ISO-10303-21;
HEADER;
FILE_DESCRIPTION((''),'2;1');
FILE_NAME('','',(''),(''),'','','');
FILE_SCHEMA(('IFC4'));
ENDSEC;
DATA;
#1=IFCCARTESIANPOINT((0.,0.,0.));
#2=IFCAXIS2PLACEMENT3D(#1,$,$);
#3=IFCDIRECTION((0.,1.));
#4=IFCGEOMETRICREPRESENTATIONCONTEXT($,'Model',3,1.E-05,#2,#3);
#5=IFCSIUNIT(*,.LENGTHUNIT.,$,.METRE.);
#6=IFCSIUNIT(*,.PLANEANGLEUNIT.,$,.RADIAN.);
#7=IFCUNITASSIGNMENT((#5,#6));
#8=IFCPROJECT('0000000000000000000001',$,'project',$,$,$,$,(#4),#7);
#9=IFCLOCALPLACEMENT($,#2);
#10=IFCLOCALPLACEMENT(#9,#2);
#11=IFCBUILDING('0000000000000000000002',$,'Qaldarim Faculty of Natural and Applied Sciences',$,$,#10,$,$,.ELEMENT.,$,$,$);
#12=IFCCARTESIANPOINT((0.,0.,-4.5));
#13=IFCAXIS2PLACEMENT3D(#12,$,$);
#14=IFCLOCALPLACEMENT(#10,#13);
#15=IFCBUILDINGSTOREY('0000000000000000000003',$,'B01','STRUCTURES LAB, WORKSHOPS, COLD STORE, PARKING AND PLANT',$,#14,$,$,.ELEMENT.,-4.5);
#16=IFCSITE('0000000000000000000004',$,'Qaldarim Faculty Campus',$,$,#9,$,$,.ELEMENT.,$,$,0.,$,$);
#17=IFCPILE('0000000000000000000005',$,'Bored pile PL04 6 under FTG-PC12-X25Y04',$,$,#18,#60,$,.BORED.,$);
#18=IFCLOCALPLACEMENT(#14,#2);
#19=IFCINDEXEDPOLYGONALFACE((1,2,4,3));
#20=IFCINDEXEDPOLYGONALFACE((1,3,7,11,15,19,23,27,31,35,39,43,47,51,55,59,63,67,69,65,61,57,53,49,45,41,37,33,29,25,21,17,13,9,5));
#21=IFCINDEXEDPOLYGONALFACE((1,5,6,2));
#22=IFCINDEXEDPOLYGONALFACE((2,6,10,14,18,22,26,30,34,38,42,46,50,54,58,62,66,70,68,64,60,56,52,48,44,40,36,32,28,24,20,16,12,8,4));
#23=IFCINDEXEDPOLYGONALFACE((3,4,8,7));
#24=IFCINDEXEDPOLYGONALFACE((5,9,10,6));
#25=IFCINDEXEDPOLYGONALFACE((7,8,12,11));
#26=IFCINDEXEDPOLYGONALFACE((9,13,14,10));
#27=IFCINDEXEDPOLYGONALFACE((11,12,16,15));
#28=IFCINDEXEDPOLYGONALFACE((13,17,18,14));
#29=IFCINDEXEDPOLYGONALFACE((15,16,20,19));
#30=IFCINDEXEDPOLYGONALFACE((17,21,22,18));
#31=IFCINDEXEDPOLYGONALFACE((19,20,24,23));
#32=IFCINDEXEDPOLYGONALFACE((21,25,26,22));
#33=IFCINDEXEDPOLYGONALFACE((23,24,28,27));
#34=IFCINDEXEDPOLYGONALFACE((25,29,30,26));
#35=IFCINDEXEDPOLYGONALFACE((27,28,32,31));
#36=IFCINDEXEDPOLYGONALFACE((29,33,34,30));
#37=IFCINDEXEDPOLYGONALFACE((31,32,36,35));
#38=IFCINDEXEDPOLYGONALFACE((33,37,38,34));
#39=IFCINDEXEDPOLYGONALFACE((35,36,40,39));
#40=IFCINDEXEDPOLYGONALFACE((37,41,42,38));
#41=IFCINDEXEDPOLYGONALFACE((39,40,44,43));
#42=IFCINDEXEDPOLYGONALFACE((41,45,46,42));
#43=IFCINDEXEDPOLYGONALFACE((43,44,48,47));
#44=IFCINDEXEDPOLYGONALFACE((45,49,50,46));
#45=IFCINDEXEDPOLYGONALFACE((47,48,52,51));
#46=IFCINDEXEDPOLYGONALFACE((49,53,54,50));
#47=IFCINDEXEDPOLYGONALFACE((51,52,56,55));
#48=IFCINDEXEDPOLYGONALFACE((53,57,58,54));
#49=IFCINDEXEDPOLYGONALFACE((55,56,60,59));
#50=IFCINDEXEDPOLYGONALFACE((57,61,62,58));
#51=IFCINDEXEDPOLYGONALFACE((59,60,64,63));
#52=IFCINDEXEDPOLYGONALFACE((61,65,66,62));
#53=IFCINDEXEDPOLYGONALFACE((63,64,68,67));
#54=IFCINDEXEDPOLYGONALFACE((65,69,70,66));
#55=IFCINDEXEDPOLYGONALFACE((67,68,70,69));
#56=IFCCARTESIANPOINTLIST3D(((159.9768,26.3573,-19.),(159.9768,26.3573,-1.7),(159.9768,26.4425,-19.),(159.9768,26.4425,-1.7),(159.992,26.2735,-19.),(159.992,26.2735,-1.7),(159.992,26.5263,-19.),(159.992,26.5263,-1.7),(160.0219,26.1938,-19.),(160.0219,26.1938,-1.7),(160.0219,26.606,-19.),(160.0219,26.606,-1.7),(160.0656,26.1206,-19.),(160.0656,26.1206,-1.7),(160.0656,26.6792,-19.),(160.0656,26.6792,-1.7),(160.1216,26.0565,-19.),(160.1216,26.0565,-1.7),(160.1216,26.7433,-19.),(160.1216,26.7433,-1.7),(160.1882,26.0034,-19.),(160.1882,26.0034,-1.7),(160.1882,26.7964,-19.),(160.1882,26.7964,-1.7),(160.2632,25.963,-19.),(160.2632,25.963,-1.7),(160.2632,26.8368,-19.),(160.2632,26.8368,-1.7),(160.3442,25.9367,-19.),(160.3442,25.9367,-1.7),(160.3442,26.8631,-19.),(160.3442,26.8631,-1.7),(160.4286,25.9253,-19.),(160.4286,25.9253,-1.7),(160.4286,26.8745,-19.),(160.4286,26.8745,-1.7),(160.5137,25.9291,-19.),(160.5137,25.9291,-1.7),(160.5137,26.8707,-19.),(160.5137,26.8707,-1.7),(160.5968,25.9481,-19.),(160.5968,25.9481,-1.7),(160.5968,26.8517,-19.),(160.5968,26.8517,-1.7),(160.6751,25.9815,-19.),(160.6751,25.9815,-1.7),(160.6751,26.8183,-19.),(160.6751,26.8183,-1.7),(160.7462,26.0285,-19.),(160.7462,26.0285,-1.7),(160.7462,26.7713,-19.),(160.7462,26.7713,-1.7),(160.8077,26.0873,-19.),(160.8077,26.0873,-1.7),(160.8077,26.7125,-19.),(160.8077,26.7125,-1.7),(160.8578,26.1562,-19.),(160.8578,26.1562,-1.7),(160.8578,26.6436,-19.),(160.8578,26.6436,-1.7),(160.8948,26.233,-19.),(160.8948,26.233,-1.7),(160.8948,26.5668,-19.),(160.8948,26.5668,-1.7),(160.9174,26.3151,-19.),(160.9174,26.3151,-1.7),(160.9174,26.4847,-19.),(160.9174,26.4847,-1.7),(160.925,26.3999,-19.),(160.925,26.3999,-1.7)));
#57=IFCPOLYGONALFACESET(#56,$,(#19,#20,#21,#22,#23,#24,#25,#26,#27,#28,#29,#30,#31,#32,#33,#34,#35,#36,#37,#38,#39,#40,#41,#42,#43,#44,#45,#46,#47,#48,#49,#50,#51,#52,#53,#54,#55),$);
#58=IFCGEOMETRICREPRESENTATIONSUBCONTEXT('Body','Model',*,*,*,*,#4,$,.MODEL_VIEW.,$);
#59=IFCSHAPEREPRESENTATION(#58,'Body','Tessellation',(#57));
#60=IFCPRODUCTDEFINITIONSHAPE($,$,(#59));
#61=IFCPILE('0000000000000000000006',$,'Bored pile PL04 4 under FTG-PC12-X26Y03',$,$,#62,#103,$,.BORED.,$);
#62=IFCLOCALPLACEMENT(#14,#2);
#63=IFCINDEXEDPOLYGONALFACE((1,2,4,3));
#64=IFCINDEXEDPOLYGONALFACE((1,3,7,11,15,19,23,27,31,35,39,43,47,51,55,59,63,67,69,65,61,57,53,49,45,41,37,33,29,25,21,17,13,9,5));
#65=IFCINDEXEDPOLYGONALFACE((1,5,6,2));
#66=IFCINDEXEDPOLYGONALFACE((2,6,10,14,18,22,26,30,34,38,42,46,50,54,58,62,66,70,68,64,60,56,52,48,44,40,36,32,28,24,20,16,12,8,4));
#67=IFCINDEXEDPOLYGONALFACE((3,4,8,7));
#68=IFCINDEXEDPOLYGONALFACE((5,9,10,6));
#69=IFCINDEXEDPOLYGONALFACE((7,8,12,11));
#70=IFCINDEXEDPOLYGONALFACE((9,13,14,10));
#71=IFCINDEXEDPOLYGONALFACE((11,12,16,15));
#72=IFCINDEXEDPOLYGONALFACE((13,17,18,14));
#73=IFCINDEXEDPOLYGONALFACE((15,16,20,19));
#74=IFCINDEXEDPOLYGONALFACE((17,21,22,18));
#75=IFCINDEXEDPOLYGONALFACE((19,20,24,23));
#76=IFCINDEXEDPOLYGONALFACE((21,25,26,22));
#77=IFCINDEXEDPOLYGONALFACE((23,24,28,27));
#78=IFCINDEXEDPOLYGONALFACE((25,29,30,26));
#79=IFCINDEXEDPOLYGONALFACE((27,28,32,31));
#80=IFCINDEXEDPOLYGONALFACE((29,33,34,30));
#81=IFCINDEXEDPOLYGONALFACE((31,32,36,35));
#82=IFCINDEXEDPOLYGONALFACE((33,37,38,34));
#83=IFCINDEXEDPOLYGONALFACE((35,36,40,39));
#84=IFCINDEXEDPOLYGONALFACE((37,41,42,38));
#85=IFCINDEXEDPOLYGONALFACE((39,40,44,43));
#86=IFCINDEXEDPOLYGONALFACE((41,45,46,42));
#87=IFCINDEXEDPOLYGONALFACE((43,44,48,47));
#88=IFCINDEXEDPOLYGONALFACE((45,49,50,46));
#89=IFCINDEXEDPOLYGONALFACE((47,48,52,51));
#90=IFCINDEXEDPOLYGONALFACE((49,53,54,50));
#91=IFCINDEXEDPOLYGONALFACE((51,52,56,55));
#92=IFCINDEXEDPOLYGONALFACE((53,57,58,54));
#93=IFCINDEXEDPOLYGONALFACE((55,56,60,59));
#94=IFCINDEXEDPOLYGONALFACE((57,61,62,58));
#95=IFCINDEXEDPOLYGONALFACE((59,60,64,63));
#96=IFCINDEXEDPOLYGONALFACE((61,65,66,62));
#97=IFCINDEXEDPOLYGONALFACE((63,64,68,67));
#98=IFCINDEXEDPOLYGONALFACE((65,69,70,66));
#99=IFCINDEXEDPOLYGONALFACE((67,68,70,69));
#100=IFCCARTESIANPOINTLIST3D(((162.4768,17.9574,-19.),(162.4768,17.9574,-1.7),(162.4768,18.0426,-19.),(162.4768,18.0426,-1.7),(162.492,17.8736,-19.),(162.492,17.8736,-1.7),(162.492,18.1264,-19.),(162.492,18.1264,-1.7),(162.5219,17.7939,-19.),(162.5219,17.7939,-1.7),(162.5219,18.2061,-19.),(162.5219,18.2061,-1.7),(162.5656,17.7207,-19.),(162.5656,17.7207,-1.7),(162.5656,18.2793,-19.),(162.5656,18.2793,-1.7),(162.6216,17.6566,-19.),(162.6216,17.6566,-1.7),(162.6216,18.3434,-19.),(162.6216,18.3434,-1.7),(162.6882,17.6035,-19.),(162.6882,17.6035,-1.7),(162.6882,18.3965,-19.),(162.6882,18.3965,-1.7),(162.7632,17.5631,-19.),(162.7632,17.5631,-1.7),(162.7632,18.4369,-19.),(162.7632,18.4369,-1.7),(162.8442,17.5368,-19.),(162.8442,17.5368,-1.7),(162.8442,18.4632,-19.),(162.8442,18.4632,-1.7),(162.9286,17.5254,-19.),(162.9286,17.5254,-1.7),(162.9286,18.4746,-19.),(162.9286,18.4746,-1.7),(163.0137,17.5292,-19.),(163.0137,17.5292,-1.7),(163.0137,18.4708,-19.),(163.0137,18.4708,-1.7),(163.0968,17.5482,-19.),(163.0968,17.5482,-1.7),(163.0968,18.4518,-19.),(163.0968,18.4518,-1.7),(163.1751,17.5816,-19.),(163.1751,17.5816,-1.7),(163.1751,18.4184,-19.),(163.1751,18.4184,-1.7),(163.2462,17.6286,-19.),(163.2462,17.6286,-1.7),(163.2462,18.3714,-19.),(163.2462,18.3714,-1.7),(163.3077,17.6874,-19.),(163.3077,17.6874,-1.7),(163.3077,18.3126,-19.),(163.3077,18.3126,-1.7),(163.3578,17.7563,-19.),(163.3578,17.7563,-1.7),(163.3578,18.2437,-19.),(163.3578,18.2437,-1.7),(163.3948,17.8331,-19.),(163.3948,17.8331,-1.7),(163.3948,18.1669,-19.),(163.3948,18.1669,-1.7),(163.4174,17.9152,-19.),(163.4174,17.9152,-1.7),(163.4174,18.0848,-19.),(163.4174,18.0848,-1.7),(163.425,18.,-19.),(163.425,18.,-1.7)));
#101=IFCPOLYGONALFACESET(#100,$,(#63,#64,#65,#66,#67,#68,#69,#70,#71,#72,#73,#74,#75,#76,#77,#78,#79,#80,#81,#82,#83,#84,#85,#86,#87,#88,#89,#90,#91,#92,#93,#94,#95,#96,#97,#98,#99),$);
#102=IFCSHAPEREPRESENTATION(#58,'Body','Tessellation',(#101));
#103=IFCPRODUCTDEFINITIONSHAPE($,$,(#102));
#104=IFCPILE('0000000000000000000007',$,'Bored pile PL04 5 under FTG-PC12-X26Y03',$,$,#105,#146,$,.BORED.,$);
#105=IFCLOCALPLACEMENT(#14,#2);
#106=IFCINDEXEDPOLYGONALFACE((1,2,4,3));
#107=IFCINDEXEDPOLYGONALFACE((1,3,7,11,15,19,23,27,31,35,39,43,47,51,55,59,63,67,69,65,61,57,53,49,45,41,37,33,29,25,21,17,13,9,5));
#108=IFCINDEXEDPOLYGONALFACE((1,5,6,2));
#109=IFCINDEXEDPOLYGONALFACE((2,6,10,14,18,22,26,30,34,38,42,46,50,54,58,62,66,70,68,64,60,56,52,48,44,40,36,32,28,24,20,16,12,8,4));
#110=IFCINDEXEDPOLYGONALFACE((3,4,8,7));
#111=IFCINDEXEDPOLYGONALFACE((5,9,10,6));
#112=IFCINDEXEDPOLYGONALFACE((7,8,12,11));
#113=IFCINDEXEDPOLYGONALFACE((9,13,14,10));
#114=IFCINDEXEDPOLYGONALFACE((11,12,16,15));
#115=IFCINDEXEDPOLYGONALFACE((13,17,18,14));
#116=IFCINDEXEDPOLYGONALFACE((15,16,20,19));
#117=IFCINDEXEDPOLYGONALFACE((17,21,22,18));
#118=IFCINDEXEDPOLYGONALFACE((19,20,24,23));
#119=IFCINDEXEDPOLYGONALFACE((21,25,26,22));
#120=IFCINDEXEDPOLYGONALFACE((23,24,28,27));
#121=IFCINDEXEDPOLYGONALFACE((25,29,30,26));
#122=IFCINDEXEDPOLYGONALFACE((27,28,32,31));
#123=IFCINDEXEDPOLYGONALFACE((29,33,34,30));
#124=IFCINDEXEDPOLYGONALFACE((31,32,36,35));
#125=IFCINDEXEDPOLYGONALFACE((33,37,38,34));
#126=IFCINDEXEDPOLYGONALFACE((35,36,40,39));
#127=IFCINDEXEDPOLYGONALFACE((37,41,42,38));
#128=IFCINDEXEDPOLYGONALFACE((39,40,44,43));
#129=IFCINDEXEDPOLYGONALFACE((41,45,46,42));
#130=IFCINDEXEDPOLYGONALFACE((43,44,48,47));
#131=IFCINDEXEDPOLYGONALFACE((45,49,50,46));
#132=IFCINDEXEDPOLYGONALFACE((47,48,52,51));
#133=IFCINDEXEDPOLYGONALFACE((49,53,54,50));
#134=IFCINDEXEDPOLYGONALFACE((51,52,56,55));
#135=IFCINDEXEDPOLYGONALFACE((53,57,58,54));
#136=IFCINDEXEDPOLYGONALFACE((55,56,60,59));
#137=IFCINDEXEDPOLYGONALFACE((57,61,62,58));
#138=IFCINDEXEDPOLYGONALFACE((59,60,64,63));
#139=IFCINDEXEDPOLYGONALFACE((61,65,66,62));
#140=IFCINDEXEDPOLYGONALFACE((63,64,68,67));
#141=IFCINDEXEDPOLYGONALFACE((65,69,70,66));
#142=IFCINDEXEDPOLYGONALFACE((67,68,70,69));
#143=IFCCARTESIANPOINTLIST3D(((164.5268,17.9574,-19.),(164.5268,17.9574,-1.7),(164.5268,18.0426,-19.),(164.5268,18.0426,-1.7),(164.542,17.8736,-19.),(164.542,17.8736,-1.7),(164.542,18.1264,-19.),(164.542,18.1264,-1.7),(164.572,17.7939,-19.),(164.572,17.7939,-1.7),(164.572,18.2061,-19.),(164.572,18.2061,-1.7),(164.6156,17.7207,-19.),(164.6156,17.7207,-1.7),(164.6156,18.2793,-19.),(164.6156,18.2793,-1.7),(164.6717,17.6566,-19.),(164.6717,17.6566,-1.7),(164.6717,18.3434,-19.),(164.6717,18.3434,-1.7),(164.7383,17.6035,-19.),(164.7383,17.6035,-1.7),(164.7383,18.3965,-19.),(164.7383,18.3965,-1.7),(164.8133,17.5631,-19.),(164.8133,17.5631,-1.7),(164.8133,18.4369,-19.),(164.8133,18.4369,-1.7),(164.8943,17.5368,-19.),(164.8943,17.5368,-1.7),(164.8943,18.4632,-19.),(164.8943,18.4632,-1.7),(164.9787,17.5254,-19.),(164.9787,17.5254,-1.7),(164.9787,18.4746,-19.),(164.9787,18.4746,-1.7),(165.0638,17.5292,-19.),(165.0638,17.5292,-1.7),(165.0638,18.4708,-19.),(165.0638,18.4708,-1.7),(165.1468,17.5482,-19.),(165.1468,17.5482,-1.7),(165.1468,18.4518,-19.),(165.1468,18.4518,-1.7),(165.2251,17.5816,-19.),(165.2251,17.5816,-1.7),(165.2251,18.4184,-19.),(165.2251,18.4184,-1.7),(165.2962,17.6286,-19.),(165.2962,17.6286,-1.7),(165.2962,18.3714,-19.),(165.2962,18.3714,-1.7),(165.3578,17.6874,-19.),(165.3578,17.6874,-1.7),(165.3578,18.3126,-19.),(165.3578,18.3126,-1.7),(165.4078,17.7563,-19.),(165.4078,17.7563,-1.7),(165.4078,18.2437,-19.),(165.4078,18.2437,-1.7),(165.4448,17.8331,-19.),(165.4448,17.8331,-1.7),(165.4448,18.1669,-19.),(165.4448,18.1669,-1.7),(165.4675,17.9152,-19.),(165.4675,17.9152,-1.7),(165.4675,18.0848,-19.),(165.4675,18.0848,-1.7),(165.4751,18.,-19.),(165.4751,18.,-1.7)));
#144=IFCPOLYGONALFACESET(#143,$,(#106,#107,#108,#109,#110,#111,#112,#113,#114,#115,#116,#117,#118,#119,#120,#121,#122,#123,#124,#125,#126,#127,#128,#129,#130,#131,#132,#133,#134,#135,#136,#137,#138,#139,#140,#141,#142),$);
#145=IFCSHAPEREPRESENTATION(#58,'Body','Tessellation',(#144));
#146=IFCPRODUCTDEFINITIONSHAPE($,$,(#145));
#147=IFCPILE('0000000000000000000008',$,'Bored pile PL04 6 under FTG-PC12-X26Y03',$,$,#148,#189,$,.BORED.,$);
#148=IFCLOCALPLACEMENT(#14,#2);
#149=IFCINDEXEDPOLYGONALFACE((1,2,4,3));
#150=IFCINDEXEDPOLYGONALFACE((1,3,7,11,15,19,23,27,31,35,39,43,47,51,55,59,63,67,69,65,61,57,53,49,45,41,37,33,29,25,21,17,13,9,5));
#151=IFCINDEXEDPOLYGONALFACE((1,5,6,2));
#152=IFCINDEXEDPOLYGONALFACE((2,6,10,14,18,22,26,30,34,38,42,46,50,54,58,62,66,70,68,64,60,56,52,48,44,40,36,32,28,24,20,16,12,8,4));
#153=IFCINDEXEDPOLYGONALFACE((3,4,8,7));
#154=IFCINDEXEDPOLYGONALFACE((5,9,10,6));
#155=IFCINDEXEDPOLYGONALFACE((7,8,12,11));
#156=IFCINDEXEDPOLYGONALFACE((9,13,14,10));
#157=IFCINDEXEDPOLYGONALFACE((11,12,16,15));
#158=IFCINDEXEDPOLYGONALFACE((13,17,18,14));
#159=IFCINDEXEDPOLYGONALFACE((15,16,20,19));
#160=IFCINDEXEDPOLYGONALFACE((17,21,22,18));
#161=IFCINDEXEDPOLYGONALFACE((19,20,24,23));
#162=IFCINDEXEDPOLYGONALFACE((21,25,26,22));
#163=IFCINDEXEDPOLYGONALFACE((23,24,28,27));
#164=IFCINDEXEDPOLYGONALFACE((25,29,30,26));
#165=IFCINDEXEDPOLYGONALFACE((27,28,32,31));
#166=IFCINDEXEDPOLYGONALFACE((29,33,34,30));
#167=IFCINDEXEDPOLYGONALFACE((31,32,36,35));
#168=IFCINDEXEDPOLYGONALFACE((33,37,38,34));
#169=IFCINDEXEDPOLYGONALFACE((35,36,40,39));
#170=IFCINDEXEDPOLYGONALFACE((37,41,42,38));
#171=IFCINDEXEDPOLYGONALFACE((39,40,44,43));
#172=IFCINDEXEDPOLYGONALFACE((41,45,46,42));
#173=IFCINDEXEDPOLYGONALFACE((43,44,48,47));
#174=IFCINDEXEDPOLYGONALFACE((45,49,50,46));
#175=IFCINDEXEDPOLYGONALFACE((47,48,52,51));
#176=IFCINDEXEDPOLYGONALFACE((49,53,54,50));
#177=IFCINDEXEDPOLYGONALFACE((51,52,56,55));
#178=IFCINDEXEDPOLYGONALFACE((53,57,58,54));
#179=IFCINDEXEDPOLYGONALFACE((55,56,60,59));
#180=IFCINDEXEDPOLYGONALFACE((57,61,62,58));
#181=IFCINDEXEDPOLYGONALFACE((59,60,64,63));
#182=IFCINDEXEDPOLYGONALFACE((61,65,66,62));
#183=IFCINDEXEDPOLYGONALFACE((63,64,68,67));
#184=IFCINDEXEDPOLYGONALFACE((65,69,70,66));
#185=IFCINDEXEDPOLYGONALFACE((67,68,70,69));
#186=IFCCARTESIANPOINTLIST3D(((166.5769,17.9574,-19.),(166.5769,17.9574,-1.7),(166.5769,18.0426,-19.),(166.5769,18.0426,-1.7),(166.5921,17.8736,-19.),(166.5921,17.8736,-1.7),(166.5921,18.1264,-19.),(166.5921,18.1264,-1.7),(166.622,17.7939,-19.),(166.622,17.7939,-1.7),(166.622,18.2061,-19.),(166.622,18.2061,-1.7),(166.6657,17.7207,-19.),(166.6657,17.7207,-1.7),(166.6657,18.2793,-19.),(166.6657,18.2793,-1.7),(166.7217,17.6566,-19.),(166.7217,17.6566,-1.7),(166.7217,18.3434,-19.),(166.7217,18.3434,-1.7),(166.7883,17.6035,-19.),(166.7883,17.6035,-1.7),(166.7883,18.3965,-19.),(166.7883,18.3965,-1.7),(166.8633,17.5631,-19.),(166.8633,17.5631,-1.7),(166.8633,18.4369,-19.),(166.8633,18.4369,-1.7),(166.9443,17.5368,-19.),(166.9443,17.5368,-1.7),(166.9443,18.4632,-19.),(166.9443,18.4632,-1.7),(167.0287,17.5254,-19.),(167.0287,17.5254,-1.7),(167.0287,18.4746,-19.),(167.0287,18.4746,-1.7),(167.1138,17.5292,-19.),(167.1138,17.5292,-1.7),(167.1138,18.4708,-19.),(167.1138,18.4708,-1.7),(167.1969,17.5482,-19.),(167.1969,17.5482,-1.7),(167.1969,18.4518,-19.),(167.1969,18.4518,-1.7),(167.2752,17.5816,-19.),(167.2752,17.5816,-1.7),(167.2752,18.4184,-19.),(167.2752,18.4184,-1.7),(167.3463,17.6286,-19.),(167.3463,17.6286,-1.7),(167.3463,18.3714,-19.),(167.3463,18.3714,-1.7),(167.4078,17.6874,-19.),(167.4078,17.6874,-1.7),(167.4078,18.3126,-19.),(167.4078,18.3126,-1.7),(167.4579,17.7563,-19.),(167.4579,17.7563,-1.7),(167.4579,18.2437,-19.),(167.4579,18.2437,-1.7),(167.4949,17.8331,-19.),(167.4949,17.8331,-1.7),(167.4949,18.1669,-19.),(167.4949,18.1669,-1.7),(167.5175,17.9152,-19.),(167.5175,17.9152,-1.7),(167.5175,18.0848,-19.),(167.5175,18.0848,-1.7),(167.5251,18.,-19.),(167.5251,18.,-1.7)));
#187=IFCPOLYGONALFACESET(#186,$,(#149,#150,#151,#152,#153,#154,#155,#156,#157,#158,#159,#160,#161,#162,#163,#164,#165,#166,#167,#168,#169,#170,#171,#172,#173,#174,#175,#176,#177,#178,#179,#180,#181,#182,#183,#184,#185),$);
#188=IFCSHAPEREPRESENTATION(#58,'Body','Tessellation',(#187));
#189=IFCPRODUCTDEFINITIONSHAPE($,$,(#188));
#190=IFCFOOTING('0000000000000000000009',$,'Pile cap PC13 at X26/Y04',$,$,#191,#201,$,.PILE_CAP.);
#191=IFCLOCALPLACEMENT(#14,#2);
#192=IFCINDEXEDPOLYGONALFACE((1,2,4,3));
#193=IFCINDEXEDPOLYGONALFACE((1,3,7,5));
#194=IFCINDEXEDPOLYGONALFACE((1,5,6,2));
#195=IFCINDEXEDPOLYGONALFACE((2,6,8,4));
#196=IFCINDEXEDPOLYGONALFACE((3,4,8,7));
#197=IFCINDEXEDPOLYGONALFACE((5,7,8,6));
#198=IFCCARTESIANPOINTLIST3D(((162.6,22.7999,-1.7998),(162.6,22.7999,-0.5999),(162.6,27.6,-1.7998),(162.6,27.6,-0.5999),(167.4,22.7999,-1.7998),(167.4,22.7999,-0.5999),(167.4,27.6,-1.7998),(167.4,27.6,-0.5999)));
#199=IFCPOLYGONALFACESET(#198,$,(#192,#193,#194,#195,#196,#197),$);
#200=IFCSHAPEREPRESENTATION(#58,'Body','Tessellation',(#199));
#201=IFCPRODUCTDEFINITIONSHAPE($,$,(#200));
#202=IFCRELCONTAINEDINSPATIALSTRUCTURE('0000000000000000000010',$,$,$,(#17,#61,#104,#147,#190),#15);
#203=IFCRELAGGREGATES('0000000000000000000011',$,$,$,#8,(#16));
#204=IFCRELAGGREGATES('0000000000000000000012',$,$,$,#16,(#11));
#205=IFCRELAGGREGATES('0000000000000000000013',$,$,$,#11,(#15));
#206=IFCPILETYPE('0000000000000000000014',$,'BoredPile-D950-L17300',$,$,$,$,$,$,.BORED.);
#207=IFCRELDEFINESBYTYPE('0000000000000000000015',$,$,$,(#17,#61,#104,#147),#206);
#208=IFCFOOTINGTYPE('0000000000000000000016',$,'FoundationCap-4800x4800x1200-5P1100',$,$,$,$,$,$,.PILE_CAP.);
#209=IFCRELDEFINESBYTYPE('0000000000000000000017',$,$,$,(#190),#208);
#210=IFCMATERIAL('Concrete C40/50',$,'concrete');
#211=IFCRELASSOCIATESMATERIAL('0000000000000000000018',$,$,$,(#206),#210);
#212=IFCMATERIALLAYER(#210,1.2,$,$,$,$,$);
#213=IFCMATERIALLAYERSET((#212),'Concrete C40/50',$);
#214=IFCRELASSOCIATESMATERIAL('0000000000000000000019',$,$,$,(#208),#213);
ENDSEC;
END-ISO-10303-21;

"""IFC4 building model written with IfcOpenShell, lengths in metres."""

from ifc_helpers import new_model, si_unit, direction, frame, origin, origin_2d, place, context, subcontext, project, spatial, rectangle, circle, extrude, material, layer, layer_set, material_profile, profile_set, type_object, element, save


model = new_model("IFC4")

# Units and contexts
model_context = context("Model", 3, precision=1e-05, world=origin(), true_north=direction((0.0, 1.0)))
body_context = subcontext(model_context, "Body", "Model", "MODEL_VIEW")
ifc_project = project(units=[si_unit("LENGTHUNIT", "METRE"), si_unit("PLANEANGLEUNIT", "RADIAN")], contexts=[model_context])

# Site, building, storey
site_placement = place(None, origin())
site = spatial("IfcSite", under=ifc_project, at=site_placement, Name="Qaldarim Faculty Campus", CompositionType="ELEMENT", RefElevation=0.0)
building_placement = place(site_placement, origin())
building = spatial("IfcBuilding", under=site, at=building_placement, Name="Qaldarim Faculty of Natural and Applied Sciences", CompositionType="ELEMENT")
storey_placement = place(building_placement, frame((0.0, 0.0, -4.5)))
storey = spatial("IfcBuildingStorey", under=building, at=storey_placement, Name="B01", Description="STRUCTURES LAB, WORKSHOPS, COLD STORE, PARKING AND PLANT", CompositionType="ELEMENT", Elevation=-4.5)

# Piles
ifc_material_1 = material(Name="Concrete C40/50", Category="concrete")
ifc_material_profile_1 = material_profile(ifc_material_1, circle(Radius=0.4751, at=origin_2d()), Name="PILE-D950")
ifc_profile_set_1 = profile_set([ifc_material_profile_1], Name="Concrete C40/50")
pile_type_1 = type_object("IfcPileType", Name="BoredPile-D950-L17300", PredefinedType="BORED", material=ifc_profile_set_1)
for number, where, z_axis, x_axis, name in (
    (1, (160.45, 26.3999, -1.7), (0.0, 0.0, -1.0), (1.0, 0.0, 0.0), "Bored pile PL04 6 under FTG-PC12-X25Y04"),
    (2, (162.95, 18.0, -1.7), (0.0, 0.0, -1.0), (1.0, 0.0, 0.0), "Bored pile PL04 4 under FTG-PC12-X26Y03"),
    (3, (165.0, 18.0, -1.7), (0.0, 0.0, -1.0), (1.0, 0.0, 0.0), "Bored pile PL04 5 under FTG-PC12-X26Y03"),
    (4, (167.05, 18.0, -1.7), (0.0, 0.0, -1.0), (1.0, 0.0, 0.0), "Bored pile PL04 6 under FTG-PC12-X26Y03"),
):
    element("IfcPile", number, at=place(storey_placement, frame(where, z_axis=z_axis, x_axis=x_axis)), inside=storey, type_object=pile_type_1, Name=name, PredefinedType="BORED", context=body_context, shape_type="SweptSolid", body=[
        extrude(circle(Radius=0.4751, at=origin_2d()), origin(), (0.0, 0.0, 1.0), 17.3),
    ])

# Footing
ifc_layer_1 = layer(ifc_material_1, 1.2)
ifc_layer_set_1 = layer_set([ifc_layer_1], Name="Concrete C40/50")
footing_type_1 = type_object("IfcFootingType", Name="FoundationCap-4800x4800x1200-5P1100", PredefinedType="PILE_CAP", material=ifc_layer_set_1)
footing_1_placement = place(storey_placement, frame((165.0, 25.2, -1.7998), z_axis=(0.0, 0.0, 1.0), x_axis=(1.0, 0.0, 0.0)))
element("IfcFooting", 5, at=footing_1_placement, inside=storey, type_object=footing_type_1, Name="Pile cap PC13 at X26/Y04", PredefinedType="PILE_CAP", context=body_context, shape_type="SweptSolid", body=[
    extrude(rectangle(XDim=4.8, YDim=4.8, at=origin_2d()), origin(), (0.0, 0.0, 1.0), 1.2),
])

save(model, "model.ifc")
